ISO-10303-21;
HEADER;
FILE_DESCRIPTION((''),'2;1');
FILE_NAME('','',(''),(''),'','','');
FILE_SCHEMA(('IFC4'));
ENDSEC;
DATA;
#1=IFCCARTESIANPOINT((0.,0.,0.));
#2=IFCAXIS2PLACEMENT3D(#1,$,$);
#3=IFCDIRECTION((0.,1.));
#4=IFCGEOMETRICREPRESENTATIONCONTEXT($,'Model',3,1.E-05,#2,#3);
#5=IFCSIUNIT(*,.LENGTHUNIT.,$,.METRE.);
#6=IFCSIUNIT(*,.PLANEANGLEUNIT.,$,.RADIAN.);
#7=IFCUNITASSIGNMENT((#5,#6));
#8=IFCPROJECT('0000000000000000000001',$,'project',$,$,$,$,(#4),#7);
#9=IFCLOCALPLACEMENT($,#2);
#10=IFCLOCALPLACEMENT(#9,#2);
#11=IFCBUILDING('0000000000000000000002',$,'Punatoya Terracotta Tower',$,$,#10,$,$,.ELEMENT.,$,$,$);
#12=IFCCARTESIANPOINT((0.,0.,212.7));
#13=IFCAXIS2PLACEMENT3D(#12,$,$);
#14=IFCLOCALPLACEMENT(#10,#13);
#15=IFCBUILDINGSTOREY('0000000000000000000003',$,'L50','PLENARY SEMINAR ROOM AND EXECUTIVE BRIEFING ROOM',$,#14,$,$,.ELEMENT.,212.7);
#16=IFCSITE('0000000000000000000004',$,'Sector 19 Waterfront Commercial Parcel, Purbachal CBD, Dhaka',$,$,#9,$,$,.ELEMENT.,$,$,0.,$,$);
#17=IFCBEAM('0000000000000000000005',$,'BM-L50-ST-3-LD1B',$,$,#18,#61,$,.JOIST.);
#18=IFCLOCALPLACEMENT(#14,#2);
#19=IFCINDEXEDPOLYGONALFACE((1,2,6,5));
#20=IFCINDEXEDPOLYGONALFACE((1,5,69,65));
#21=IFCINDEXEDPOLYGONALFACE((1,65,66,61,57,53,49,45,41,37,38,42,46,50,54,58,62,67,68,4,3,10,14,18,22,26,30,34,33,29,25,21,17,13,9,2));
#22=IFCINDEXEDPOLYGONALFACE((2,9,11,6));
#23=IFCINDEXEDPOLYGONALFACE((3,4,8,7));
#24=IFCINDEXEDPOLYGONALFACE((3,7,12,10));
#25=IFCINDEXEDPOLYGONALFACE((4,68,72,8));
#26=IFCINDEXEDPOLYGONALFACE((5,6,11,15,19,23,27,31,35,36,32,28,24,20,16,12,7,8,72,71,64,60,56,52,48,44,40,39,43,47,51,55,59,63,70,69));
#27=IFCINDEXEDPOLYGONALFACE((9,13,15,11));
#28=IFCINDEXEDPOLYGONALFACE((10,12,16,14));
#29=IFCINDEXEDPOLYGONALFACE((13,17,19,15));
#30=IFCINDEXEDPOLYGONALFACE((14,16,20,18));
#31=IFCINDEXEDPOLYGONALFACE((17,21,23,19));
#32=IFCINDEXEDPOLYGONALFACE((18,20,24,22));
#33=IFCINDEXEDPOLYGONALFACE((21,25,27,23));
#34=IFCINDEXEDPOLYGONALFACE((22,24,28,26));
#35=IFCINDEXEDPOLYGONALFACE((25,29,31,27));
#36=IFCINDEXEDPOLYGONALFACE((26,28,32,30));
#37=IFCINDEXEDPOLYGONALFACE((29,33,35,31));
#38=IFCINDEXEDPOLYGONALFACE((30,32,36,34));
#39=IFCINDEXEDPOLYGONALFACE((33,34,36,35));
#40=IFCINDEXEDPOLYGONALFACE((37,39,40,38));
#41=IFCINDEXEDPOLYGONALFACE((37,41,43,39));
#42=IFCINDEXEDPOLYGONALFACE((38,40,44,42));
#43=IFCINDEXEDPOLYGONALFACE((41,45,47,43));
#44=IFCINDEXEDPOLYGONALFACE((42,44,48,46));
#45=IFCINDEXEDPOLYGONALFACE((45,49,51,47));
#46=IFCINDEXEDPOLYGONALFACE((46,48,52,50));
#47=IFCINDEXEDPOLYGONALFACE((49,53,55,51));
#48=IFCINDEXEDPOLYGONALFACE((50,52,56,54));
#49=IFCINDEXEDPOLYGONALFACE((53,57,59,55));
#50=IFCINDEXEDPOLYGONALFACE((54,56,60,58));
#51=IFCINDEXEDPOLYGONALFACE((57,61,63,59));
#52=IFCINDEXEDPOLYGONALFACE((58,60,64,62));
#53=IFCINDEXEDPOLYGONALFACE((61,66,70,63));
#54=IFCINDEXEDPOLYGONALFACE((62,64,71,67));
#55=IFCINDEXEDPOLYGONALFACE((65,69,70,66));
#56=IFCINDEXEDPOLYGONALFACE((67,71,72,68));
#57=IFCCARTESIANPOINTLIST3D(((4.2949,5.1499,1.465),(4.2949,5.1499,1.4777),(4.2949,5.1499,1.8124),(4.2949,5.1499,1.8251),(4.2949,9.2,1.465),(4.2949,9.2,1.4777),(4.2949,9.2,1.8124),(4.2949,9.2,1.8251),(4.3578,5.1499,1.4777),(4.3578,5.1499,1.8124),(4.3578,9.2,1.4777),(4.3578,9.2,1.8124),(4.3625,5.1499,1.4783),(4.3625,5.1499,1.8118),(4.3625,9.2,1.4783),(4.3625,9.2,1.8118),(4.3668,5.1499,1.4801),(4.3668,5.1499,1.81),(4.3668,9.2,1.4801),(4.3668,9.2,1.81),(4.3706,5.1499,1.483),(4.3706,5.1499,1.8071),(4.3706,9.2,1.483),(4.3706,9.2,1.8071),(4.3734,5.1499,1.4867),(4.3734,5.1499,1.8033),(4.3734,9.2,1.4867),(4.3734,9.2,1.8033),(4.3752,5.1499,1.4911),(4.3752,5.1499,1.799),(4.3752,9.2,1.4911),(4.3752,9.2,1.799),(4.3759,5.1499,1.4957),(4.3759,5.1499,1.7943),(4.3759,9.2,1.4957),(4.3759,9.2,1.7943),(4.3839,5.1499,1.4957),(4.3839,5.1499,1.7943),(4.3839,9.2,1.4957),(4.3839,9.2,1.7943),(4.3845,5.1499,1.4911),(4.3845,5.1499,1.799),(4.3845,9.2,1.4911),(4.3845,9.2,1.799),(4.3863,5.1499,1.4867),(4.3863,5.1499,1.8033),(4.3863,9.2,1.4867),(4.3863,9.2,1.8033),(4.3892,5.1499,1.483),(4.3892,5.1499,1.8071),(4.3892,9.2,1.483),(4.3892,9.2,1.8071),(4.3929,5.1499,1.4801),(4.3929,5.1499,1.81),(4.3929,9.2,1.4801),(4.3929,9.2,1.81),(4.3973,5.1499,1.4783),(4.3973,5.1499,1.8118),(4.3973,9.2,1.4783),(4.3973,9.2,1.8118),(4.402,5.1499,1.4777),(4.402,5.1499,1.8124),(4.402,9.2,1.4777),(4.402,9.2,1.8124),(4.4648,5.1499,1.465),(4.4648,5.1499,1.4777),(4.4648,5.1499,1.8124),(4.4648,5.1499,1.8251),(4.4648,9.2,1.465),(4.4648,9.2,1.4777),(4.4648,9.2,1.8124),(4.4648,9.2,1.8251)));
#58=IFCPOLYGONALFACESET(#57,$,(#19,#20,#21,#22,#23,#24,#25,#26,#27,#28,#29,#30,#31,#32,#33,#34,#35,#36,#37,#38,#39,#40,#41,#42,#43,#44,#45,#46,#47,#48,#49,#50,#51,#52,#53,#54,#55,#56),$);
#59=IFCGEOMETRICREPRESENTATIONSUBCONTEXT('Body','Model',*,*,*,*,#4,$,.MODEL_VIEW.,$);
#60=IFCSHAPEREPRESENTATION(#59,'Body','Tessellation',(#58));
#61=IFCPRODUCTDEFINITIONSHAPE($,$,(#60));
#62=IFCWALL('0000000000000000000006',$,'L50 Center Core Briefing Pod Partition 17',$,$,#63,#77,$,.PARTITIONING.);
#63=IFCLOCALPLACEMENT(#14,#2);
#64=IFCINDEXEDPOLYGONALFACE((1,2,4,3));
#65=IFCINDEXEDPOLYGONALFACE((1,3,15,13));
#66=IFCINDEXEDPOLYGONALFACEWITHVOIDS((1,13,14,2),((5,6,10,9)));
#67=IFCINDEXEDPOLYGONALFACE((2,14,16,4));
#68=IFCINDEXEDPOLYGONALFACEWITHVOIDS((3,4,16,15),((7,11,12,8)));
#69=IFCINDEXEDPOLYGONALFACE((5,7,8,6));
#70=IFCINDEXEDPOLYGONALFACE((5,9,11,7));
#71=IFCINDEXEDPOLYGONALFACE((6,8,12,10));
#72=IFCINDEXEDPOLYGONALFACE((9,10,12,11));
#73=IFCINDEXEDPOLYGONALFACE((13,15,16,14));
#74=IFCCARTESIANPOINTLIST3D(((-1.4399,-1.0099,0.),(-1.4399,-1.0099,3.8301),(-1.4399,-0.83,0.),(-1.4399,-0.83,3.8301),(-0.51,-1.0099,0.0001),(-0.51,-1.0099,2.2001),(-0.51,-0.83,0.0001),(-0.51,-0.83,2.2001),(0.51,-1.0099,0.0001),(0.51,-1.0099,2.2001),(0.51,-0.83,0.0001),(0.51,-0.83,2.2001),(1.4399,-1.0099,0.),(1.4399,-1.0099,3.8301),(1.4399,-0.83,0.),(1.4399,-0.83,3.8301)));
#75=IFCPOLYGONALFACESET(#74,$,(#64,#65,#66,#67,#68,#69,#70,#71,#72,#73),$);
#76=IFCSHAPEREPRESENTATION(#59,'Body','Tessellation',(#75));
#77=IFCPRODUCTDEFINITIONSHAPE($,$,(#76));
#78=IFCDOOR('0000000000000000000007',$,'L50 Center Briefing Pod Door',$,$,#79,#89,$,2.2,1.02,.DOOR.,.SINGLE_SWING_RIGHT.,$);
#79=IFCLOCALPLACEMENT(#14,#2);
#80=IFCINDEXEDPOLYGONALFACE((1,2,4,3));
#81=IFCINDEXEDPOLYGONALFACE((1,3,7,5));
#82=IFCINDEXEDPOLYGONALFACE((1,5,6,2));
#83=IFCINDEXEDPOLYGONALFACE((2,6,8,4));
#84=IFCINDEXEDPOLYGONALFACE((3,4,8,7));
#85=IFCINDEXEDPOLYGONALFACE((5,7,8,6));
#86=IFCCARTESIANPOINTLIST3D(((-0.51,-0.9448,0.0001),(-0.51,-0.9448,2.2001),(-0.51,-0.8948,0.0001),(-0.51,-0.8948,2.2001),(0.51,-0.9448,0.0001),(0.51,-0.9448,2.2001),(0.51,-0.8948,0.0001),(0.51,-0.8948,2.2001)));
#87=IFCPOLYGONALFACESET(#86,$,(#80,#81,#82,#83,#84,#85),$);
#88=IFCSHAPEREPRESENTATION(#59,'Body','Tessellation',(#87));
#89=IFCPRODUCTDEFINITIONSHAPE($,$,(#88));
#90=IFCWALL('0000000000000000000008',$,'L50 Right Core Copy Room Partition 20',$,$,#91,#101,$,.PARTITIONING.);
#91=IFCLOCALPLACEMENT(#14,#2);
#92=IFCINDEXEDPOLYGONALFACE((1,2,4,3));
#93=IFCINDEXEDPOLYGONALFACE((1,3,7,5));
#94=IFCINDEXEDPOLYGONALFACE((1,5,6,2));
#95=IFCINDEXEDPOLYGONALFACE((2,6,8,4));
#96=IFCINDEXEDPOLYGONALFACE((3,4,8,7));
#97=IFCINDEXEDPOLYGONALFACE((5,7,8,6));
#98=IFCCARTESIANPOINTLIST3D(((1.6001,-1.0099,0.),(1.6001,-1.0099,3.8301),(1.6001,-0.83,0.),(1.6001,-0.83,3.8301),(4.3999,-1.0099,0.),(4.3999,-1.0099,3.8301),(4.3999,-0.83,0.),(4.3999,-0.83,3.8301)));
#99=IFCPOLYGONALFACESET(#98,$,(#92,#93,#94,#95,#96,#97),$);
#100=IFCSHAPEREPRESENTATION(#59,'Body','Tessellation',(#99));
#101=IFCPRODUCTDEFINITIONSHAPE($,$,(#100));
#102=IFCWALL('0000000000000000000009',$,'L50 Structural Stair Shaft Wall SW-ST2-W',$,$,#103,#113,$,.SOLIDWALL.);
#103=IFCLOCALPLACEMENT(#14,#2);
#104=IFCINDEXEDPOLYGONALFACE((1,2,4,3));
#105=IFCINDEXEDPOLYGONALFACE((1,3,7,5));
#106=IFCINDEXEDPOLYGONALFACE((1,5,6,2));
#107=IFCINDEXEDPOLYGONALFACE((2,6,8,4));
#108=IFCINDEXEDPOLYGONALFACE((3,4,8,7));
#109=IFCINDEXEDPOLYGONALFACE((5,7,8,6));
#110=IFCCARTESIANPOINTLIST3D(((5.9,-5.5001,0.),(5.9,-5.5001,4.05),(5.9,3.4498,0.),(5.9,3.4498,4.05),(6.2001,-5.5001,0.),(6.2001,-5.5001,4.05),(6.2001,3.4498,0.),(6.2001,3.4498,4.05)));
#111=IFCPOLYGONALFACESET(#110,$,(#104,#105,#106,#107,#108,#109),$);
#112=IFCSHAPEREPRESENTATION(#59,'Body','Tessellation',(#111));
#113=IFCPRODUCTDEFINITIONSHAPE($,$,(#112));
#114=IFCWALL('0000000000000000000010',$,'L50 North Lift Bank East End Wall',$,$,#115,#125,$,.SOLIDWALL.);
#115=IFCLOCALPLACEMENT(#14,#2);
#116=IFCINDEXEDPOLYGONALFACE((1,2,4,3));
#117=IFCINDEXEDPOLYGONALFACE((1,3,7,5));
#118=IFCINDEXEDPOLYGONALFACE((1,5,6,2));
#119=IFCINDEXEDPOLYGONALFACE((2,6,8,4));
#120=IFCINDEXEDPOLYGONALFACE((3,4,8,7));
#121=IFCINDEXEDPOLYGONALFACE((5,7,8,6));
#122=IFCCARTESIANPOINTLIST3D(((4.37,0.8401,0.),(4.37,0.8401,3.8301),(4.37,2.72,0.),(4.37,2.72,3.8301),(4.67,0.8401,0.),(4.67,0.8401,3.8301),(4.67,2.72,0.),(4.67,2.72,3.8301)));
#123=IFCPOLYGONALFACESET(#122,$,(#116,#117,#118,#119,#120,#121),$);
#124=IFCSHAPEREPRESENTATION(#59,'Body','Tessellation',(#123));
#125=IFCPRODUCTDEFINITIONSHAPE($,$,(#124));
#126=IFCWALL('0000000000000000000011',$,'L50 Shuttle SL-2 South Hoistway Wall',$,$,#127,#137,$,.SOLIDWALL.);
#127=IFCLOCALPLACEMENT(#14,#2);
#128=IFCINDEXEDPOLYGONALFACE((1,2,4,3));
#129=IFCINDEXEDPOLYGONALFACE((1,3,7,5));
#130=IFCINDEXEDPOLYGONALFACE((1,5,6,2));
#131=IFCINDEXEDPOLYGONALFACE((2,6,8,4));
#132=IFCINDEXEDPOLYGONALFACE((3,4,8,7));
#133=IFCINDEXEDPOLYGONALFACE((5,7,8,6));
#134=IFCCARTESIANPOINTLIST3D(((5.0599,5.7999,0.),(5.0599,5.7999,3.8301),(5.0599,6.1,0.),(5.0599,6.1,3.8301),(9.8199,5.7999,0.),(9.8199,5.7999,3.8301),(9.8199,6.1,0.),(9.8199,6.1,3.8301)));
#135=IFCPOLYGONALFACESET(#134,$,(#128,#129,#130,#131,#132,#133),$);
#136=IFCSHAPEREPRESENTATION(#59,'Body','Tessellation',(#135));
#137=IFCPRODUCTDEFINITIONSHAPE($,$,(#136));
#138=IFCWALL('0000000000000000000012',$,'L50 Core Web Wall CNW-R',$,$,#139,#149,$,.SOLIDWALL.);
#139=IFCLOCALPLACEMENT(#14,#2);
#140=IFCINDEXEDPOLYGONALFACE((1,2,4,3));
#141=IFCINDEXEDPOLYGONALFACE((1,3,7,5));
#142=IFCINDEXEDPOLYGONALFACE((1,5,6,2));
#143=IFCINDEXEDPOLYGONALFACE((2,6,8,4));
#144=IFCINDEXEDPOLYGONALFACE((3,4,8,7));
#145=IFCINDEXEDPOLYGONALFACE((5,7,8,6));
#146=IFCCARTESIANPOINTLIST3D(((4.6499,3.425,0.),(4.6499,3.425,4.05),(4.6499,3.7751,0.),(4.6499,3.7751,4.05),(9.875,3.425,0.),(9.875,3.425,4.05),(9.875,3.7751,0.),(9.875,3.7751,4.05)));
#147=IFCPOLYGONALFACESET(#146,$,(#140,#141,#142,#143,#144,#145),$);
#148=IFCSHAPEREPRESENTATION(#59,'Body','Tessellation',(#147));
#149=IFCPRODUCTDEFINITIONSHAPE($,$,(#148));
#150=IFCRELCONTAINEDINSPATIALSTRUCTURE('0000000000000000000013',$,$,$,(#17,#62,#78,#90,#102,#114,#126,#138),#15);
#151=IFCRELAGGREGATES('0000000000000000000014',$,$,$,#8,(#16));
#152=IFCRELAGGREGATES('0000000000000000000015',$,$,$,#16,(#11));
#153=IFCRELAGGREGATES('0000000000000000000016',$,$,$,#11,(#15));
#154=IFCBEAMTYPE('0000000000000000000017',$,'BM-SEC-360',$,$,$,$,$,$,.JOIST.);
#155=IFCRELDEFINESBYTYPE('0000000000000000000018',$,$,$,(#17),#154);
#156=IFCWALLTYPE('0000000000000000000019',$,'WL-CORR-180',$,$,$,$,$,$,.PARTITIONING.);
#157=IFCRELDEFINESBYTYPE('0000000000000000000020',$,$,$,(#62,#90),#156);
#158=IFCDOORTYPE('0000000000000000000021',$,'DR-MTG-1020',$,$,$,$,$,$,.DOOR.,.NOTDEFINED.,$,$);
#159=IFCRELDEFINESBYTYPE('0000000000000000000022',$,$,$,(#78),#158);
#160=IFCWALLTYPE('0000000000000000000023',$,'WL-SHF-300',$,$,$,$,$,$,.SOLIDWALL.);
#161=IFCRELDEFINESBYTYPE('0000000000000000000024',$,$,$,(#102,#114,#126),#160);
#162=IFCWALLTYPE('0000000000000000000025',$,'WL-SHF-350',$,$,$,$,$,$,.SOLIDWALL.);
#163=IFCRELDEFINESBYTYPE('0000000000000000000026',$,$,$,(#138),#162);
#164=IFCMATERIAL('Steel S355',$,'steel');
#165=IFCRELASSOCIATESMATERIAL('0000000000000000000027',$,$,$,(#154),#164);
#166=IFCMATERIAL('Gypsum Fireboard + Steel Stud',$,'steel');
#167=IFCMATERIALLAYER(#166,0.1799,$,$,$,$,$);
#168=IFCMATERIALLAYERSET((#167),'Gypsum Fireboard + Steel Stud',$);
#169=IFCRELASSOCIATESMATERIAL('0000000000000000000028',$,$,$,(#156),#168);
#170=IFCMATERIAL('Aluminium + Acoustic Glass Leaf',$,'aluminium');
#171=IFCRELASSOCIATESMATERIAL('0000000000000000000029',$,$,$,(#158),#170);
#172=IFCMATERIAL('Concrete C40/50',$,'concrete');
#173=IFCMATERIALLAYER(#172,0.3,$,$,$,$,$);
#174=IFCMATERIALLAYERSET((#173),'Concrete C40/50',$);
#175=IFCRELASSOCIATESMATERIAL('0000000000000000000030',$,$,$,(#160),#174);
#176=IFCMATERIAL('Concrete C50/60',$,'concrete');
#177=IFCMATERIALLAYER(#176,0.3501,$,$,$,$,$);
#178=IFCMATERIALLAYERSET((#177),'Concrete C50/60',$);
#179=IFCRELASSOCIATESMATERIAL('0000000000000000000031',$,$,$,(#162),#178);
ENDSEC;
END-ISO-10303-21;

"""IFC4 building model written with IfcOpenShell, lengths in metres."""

from ifc_helpers import new_model, si_unit, direction, frame, frame_2d, origin, origin_2d, place, context, subcontext, project, spatial, rectangle, i_section, extrude, material, layer, layer_set, material_profile, profile_set, type_object, element, fill, save


model = new_model("IFC4")

# Units and contexts
model_context = context("Model", 3, precision=1e-05, world=origin(), true_north=direction((0.0, 1.0)))
body_context = subcontext(model_context, "Body", "Model", "MODEL_VIEW")
ifc_project = project(units=[si_unit("LENGTHUNIT", "METRE"), si_unit("PLANEANGLEUNIT", "RADIAN")], contexts=[model_context])

# Site, building, storey
site_placement = place(None, origin())
site = spatial("IfcSite", under=ifc_project, at=site_placement, Name="Sector 19 Waterfront Commercial Parcel, Purbachal CBD, Dhaka", CompositionType="ELEMENT", RefElevation=0.0)
building_placement = place(site_placement, origin())
building = spatial("IfcBuilding", under=site, at=building_placement, Name="Punatoya Terracotta Tower", CompositionType="ELEMENT")
storey_placement = place(building_placement, frame((0.0, 0.0, 212.7)))
storey = spatial("IfcBuildingStorey", under=building, at=storey_placement, Name="L50", Description="PLENARY SEMINAR ROOM AND EXECUTIVE BRIEFING ROOM", CompositionType="ELEMENT", Elevation=212.7)

# Beam
ifc_material_1 = material(Name="Steel S355", Category="steel")
ifc_material_profile_1 = material_profile(ifc_material_1, i_section(OverallWidth=0.1699, OverallDepth=0.3601, WebThickness=0.0081, FlangeThickness=0.0127, FilletRadius=0.0181, at=origin_2d()))
ifc_profile_set_1 = profile_set([ifc_material_profile_1], Name="Steel S355")
beam_type_1 = type_object("IfcBeamType", Name="BM-SEC-360", PredefinedType="JOIST", material=ifc_profile_set_1)
for number, where, z_axis, x_axis, name in (
    (1, (4.3799, 5.1499, 1.645), (0.0, 1.0, 0.0), (-1.0, 0.0, 0.0), "BM-L50-ST-3-LD1B"),
):
    element("IfcBeam", number, at=place(storey_placement, frame(where, z_axis=z_axis, x_axis=x_axis)), inside=storey, type_object=beam_type_1, Name=name, PredefinedType="JOIST", context=body_context, shape_type="SweptSolid", body=[
        extrude(i_section(OverallWidth=0.1699, OverallDepth=0.3601, WebThickness=0.0081, FlangeThickness=0.0127, FilletRadius=0.0181, at=origin_2d()), origin(), (0.0, 0.0, 1.0), 4.05),
    ])

# Wall, opening, door
ifc_material_2 = material(Name="Gypsum Fireboard + Steel Stud", Category="steel")
ifc_layer_1 = layer(ifc_material_2, 0.1799)
ifc_layer_set_1 = layer_set([ifc_layer_1], Name="Gypsum Fireboard + Steel Stud")
wall_type_1 = type_object("IfcWallType", Name="WL-CORR-180", PredefinedType="PARTITIONING", material=ifc_layer_set_1)
wall_1_placement = place(storey_placement, frame((1.4399, -0.9199, 0.0), z_axis=(0.0, 0.0, 1.0), x_axis=(-1.0, 0.0, 0.0)))
wall_1 = element("IfcWall", 2, at=wall_1_placement, inside=storey, type_object=wall_type_1, Name="L50 Center Core Briefing Pod Partition 17", PredefinedType="PARTITIONING", context=body_context, shape_type="SweptSolid", body=[
    extrude(rectangle(XDim=2.8799, YDim=0.1799, at=frame_2d((1.4399, 0.0))), origin(), (0.0, 0.0, 1.0), 3.8301),
])
opening_placement = place(wall_1_placement, frame((0.9299, 0.0, 0.0)))
opening = element("IfcOpeningElement", 3, at=opening_placement, cuts=wall_1, PredefinedType="OPENING", context=body_context, shape_type="SweptSolid", body=[
    extrude(rectangle(XDim=1.02, YDim=2.2, at=frame_2d((0.51, 1.1001))), frame((0.0, 0.0999, 0.0), z_axis=(0.0, -1.0, 0.0), x_axis=(1.0, 0.0, 0.0)), (0.0, 0.0, 1.0), 0.2),
])
ifc_material_3 = material(Name="Aluminium + Acoustic Glass Leaf", Category="aluminium")
door_type = type_object("IfcDoorType", Name="DR-MTG-1020", OperationType="NOTDEFINED", PredefinedType="DOOR", material=ifc_material_3)
door_placement = place(opening_placement, origin())
door = element("IfcDoor", 4, at=door_placement, inside=storey, type_object=door_type, Name="L50 Center Briefing Pod Door", OperationType="SINGLE_SWING_RIGHT", OverallHeight=2.2, OverallWidth=1.02, PredefinedType="DOOR", context=body_context, shape_type="SweptSolid", body=[
    extrude(rectangle(XDim=1.02, YDim=2.2, at=frame_2d((0.51, 1.1001))), frame((0.0, 0.0249, 0.0), z_axis=(0.0, -1.0, 0.0), x_axis=(1.0, 0.0, 0.0)), (0.0, 0.0, 1.0), 0.05),
])
fill(opening, door)

# Walls
wall_2_placement = place(storey_placement, frame((4.3999, -0.9199, 0.0), z_axis=(0.0, 0.0, 1.0), x_axis=(-1.0, 0.0, 0.0)))
element("IfcWall", 5, at=wall_2_placement, inside=storey, type_object=wall_type_1, Name="L50 Right Core Copy Room Partition 20", PredefinedType="PARTITIONING", context=body_context, shape_type="SweptSolid", body=[
    extrude(rectangle(XDim=2.7998, YDim=0.1799, at=frame_2d((1.3999, 0.0))), origin(), (0.0, 0.0, 1.0), 3.8301),
])
ifc_material_4 = material(Name="Concrete C40/50", Category="concrete")
ifc_layer_2 = layer(ifc_material_4, 0.3)
ifc_layer_set_2 = layer_set([ifc_layer_2], Name="Concrete C40/50")
wall_type_2 = type_object("IfcWallType", Name="WL-SHF-300", PredefinedType="SOLIDWALL", material=ifc_layer_set_2)
wall_3_placement = place(storey_placement, frame((6.05, 3.45, 0.0), z_axis=(0.0, 0.0, 1.0), x_axis=(0.0, -1.0, 0.0)))
element("IfcWall", 6, at=wall_3_placement, inside=storey, type_object=wall_type_2, Name="L50 Structural Stair Shaft Wall SW-ST2-W", PredefinedType="SOLIDWALL", context=body_context, shape_type="SweptSolid", body=[
    extrude(rectangle(XDim=8.95, YDim=0.3, at=frame_2d((4.4751, 0.0))), origin(), (0.0, 0.0, 1.0), 4.05),
])
wall_4_placement = place(storey_placement, frame((4.52, 0.8401, 0.0), z_axis=(0.0, 0.0, 1.0), x_axis=(0.0, 1.0, 0.0)))
element("IfcWall", 7, at=wall_4_placement, inside=storey, type_object=wall_type_2, Name="L50 North Lift Bank East End Wall", PredefinedType="SOLIDWALL", context=body_context, shape_type="SweptSolid", body=[
    extrude(rectangle(XDim=1.8799, YDim=0.3, at=frame_2d((0.9399, 0.0))), origin(), (0.0, 0.0, 1.0), 3.8301),
])
wall_5_placement = place(storey_placement, frame((5.0601, 5.95, 0.0), z_axis=(0.0, 0.0, 1.0), x_axis=(1.0, 0.0, 0.0)))
element("IfcWall", 8, at=wall_5_placement, inside=storey, type_object=wall_type_2, Name="L50 Shuttle SL-2 South Hoistway Wall", PredefinedType="SOLIDWALL", context=body_context, shape_type="SweptSolid", body=[
    extrude(rectangle(XDim=4.76, YDim=0.3, at=frame_2d((2.3799, 0.0))), origin(), (0.0, 0.0, 1.0), 3.8301),
])
ifc_material_5 = material(Name="Concrete C50/60", Category="concrete")
ifc_layer_3 = layer(ifc_material_5, 0.3501)
ifc_layer_set_3 = layer_set([ifc_layer_3], Name="Concrete C50/60")
wall_type_3 = type_object("IfcWallType", Name="WL-SHF-350", PredefinedType="SOLIDWALL", material=ifc_layer_set_3)
wall_6_placement = place(storey_placement, frame((4.6499, 3.6001, 0.0), z_axis=(0.0, 0.0, 1.0), x_axis=(1.0, 0.0, 0.0)))
element("IfcWall", 9, at=wall_6_placement, inside=storey, type_object=wall_type_3, Name="L50 Core Web Wall CNW-R", PredefinedType="SOLIDWALL", context=body_context, shape_type="SweptSolid", body=[
    extrude(rectangle(XDim=5.2251, YDim=0.3501, at=frame_2d((2.6125, 0.0))), origin(), (0.0, 0.0, 1.0), 4.05),
])

save(model, "model.ifc")
